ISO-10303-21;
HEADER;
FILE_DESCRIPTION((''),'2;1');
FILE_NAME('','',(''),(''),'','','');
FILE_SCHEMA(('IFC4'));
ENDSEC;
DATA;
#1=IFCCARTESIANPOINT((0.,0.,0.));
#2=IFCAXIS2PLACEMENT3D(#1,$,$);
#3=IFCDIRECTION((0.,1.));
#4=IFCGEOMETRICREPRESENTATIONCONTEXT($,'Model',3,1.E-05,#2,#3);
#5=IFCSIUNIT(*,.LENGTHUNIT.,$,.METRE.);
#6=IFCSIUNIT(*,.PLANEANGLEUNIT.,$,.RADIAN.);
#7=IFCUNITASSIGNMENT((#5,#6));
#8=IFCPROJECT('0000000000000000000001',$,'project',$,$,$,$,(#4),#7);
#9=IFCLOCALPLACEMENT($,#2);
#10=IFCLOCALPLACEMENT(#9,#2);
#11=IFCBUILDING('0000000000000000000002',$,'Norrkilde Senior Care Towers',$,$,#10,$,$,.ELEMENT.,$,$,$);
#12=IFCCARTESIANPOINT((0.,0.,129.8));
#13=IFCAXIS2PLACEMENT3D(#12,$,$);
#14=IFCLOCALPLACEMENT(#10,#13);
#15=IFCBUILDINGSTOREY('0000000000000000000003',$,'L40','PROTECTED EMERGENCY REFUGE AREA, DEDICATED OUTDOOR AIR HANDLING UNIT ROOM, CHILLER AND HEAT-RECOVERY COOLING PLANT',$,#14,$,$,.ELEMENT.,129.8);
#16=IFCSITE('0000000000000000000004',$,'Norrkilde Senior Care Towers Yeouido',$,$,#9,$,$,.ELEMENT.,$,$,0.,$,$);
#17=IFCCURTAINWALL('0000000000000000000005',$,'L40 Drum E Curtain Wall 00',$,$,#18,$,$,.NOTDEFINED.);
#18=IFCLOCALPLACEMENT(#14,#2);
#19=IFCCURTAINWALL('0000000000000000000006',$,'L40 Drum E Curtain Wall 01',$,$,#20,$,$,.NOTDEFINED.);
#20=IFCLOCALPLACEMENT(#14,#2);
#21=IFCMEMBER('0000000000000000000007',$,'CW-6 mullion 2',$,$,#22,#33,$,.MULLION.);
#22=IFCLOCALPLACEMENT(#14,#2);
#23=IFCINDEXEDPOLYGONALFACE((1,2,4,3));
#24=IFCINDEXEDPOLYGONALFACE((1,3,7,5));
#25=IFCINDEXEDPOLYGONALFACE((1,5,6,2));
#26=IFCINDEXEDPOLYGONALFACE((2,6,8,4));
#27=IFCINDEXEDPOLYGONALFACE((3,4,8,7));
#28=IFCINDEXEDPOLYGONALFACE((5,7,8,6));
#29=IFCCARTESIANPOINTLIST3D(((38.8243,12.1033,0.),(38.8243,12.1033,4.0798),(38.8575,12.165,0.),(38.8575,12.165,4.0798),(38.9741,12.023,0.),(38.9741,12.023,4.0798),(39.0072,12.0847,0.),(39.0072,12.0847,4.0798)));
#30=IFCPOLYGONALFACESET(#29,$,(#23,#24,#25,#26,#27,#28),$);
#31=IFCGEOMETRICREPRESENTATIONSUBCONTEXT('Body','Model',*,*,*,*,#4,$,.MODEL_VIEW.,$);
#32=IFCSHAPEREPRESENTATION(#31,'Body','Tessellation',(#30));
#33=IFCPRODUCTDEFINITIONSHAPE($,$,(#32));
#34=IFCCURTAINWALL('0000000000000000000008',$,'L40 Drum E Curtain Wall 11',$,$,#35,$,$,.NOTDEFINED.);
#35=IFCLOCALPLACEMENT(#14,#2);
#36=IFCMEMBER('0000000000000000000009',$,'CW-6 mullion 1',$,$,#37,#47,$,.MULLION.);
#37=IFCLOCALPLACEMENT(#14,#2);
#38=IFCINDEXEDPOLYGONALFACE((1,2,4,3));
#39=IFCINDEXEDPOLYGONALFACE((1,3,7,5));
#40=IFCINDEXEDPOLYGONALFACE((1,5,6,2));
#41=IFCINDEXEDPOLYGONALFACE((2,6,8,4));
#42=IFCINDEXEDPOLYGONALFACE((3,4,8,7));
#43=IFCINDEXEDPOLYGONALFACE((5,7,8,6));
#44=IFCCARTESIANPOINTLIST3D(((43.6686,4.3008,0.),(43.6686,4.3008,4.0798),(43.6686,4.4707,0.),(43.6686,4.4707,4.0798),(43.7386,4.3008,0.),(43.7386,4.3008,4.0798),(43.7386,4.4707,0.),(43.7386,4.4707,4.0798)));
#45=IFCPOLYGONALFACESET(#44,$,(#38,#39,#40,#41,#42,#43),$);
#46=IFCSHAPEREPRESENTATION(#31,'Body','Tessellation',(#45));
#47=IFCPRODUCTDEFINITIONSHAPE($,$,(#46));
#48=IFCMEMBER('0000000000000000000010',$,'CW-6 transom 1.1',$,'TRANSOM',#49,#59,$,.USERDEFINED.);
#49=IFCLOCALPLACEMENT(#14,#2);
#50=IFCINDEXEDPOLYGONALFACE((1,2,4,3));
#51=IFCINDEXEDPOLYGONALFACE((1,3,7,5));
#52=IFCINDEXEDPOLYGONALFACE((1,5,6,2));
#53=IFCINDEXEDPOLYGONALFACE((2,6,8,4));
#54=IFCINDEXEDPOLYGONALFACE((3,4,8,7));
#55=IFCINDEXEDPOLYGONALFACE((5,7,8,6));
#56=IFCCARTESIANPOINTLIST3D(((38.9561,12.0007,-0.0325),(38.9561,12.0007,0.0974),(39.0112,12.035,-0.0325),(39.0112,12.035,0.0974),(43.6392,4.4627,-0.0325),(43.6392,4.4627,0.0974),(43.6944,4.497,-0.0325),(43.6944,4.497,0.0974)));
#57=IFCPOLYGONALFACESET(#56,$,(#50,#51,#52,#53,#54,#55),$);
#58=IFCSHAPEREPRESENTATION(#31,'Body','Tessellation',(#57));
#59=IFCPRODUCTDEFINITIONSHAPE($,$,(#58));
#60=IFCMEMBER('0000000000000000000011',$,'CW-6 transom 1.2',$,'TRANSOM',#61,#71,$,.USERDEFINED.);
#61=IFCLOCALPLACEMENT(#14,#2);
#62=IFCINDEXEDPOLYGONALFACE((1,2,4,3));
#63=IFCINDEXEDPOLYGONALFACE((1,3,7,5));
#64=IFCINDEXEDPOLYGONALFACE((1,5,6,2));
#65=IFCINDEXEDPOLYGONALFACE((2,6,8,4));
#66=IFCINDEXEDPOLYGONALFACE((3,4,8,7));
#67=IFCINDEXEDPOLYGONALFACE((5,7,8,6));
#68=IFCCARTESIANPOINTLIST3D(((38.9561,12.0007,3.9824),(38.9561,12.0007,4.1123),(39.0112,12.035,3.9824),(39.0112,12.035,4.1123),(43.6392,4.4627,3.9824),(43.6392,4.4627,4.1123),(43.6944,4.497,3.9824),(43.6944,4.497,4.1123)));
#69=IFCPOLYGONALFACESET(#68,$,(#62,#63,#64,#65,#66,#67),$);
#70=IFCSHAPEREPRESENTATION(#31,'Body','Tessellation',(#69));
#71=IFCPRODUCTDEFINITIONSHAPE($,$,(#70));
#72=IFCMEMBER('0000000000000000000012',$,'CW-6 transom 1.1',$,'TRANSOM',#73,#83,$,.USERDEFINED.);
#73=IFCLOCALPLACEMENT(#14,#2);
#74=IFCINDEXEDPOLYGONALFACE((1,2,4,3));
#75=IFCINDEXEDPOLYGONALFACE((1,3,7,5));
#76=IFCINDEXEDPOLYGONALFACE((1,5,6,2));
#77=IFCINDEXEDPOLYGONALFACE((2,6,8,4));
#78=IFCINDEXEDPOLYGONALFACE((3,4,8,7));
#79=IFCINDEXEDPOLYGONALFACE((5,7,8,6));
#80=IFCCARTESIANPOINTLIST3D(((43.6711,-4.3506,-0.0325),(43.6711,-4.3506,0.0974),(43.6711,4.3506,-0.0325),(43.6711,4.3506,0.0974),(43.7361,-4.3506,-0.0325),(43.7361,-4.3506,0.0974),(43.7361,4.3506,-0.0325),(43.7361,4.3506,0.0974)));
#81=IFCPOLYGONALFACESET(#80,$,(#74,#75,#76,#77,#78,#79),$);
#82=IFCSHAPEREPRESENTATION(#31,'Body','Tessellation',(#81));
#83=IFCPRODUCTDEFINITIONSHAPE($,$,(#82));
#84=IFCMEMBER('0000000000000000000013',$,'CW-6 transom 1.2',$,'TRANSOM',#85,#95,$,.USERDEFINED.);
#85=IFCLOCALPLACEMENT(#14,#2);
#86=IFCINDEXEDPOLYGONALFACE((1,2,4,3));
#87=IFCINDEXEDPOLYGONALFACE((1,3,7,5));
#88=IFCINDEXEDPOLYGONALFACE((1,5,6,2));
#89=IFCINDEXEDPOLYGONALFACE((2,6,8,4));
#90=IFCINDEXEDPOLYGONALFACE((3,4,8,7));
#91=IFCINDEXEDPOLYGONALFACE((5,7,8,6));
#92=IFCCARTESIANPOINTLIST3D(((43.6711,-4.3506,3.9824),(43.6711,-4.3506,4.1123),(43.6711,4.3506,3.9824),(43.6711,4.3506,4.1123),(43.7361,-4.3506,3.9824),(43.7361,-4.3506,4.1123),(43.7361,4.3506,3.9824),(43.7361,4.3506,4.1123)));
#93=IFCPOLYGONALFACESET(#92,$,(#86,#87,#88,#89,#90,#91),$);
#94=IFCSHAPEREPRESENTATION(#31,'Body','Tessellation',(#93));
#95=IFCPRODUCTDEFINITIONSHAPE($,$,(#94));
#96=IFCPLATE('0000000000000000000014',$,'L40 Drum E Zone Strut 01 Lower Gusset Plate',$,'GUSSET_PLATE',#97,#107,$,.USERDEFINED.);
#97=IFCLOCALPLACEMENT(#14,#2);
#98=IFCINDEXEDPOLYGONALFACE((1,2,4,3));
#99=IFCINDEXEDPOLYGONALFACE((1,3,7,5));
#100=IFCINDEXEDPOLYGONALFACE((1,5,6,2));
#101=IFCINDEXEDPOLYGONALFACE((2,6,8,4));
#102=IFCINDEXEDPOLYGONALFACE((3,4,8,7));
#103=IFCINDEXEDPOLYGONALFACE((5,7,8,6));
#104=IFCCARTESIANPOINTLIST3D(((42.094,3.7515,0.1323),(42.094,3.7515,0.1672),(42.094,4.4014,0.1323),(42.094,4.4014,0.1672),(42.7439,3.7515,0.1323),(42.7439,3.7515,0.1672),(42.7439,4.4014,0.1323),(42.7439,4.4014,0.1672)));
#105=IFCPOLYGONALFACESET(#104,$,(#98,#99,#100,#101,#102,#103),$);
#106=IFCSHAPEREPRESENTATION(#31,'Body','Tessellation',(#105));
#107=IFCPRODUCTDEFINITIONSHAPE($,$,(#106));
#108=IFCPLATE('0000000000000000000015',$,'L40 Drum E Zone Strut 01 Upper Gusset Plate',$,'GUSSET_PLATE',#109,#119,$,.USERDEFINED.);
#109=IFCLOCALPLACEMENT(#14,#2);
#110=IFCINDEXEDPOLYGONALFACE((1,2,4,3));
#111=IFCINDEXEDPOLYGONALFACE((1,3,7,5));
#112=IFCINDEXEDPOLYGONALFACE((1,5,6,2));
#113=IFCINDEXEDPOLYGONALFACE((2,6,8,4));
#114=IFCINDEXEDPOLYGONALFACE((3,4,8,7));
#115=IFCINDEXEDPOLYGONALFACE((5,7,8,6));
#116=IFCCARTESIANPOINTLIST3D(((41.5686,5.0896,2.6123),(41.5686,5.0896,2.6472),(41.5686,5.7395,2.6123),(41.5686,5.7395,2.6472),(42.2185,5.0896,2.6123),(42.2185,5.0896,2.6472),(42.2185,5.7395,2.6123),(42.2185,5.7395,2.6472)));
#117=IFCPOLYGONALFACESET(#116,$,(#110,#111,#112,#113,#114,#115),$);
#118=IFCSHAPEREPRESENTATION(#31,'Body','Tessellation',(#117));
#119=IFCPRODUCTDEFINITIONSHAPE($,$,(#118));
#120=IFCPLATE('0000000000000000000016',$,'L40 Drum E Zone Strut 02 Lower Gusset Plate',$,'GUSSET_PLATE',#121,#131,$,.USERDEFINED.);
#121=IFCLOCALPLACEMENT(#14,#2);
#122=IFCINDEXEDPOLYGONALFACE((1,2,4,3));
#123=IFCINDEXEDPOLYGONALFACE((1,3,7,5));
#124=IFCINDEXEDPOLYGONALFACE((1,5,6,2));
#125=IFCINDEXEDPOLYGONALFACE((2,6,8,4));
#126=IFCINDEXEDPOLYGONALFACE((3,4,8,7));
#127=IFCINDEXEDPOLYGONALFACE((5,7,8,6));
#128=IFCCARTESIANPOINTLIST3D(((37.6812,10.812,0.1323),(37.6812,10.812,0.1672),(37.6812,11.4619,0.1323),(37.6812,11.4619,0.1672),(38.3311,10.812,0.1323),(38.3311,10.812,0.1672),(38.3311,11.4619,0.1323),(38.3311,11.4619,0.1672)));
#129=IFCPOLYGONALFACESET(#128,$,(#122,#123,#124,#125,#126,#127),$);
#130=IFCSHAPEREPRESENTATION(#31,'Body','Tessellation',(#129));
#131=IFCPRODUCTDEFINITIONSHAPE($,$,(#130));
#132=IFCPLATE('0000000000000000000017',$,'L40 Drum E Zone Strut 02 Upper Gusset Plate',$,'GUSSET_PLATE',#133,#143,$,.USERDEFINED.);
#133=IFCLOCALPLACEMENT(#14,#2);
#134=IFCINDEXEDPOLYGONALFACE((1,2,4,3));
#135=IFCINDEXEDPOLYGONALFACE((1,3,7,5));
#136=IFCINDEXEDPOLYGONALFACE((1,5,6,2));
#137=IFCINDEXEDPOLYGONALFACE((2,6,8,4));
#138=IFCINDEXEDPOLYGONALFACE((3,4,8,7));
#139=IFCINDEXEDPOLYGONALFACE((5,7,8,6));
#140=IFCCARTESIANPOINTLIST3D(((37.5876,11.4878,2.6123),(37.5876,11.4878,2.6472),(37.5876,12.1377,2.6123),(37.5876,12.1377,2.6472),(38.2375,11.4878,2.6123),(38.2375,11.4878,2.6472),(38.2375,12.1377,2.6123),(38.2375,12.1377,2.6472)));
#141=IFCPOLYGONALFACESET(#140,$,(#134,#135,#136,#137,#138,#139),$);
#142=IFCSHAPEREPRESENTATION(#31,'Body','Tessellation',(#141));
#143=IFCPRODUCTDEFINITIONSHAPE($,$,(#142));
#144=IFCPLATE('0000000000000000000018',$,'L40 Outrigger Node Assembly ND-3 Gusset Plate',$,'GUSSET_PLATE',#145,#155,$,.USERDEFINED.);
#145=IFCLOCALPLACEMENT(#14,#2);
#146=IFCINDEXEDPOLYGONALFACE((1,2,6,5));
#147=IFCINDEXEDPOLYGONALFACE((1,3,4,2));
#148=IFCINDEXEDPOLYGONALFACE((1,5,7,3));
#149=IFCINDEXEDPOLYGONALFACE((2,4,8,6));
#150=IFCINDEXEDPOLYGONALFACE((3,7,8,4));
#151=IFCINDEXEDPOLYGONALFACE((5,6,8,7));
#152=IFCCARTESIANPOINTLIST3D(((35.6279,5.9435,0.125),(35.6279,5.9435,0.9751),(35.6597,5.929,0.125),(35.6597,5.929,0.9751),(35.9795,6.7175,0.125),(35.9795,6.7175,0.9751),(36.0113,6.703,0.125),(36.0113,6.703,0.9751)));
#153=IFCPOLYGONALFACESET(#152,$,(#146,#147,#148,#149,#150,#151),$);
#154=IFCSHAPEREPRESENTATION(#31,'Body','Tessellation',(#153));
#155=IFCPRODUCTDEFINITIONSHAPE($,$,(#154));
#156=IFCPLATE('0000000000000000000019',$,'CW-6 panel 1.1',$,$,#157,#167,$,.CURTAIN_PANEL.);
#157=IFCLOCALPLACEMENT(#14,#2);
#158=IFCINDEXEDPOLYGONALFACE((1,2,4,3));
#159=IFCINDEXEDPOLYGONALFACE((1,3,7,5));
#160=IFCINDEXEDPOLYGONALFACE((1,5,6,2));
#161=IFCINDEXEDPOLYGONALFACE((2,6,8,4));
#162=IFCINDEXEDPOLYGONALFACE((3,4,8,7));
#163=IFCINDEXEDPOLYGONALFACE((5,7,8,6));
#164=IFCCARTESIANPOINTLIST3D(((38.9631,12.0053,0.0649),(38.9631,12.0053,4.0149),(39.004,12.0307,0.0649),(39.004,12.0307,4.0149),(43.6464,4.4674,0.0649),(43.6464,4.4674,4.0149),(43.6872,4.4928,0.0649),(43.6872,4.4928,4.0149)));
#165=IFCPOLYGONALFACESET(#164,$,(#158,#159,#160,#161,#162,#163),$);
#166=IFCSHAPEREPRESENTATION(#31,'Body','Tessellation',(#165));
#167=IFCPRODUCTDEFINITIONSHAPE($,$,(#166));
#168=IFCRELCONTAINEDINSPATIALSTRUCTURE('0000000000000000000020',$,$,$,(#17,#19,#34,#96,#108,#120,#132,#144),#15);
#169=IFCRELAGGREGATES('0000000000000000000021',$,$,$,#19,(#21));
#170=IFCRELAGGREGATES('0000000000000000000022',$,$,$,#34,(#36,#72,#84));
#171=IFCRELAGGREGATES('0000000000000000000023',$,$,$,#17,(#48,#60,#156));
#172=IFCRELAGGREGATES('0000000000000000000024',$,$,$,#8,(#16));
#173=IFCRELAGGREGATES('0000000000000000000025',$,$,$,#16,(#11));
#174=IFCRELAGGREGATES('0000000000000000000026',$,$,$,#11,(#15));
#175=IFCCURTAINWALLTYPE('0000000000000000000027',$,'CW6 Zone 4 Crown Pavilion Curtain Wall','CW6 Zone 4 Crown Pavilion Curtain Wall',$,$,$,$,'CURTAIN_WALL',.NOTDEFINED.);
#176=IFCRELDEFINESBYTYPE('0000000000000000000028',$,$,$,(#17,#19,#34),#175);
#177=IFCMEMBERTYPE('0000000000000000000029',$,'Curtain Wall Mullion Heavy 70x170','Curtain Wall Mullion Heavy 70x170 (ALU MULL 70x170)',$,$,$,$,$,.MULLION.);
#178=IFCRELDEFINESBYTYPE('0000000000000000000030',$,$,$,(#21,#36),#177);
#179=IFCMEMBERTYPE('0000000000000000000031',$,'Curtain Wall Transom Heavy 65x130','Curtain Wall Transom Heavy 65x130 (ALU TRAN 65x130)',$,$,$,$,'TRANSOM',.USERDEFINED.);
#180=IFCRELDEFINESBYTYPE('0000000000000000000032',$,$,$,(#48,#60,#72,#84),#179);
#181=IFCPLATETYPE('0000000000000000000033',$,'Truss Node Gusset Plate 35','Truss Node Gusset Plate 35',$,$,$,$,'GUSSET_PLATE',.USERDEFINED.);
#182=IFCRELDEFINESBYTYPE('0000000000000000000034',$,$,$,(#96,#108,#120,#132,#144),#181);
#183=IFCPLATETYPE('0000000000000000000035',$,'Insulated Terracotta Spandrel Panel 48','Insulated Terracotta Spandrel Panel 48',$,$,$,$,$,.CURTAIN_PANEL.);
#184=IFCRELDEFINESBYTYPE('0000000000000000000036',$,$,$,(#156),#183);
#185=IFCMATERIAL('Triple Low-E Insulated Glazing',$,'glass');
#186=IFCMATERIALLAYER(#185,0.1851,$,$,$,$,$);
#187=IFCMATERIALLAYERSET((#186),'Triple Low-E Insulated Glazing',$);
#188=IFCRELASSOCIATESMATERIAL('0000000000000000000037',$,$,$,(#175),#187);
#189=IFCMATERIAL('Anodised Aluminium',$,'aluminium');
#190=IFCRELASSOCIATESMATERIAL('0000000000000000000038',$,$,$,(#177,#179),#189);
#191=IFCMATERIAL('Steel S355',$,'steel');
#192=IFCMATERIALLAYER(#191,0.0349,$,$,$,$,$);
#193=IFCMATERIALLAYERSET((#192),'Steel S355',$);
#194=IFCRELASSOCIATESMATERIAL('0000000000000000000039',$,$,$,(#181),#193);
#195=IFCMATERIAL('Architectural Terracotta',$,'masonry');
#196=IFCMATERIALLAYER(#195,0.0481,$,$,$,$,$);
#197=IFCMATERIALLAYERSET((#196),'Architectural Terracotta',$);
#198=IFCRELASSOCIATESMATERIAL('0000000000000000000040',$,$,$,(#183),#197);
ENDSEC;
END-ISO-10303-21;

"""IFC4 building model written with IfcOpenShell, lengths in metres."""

from ifc_helpers import new_model, si_unit, direction, frame, origin, origin_2d, place, context, subcontext, project, spatial, rectangle, extrude, source, transform, mapped, material, layer, layer_set, material_profile, profile_set, type_object, type_shapes, element, aggregate, save


model = new_model("IFC4")

# Units and contexts
model_context = context("Model", 3, precision=1e-05, world=origin(), true_north=direction((0.0, 1.0)))
body_context = subcontext(model_context, "Body", "Model", "MODEL_VIEW")
ifc_project = project(units=[si_unit("LENGTHUNIT", "METRE"), si_unit("PLANEANGLEUNIT", "RADIAN")], contexts=[model_context])

# Site, building, storey
site_placement = place(None, origin())
site = spatial("IfcSite", under=ifc_project, at=site_placement, Name="Norrkilde Senior Care Towers Yeouido", CompositionType="ELEMENT", RefElevation=0.0)
building_placement = place(site_placement, origin())
building = spatial("IfcBuilding", under=site, at=building_placement, Name="Norrkilde Senior Care Towers", CompositionType="ELEMENT")
storey_placement = place(building_placement, frame((0.0, 0.0, 129.8)))
storey = spatial("IfcBuildingStorey", under=building, at=storey_placement, Name="L40", Description="PROTECTED EMERGENCY REFUGE AREA, DEDICATED OUTDOOR AIR HANDLING UNIT ROOM, CHILLER AND HEAT-RECOVERY COOLING PLANT", CompositionType="ELEMENT", Elevation=129.8)

# Shared definitions
ifc_material_1 = material(Name="Steel S355", Category="steel")

# Curtain wall
ifc_material_2 = material(Name="Triple Low-E Insulated Glazing", Category="glass")
ifc_layer_1 = layer(ifc_material_2, 0.1851)
ifc_layer_set_1 = layer_set([ifc_layer_1], Name="Triple Low-E Insulated Glazing")
curtain_wall_type = type_object("IfcCurtainWallType", Name="CW6 Zone 4 Crown Pavilion Curtain Wall", Description="CW6 Zone 4 Crown Pavilion Curtain Wall", ElementType="CURTAIN_WALL", PredefinedType="NOTDEFINED", material=ifc_layer_set_1)
curtain_wall_1_placement = place(storey_placement, origin())
curtain_wall_1 = element("IfcCurtainWall", 1, at=curtain_wall_1_placement, inside=storey, type_object=curtain_wall_type, Name="L40 Drum E Curtain Wall 00", PredefinedType="NOTDEFINED")
ifc_material_3 = material(Name="Anodised Aluminium", Category="aluminium")
ifc_material_profile_1 = material_profile(ifc_material_3, rectangle(XDim=0.0701, YDim=0.1699, at=origin_2d()), Name="ALU MULL 70x170")
ifc_profile_set_1 = profile_set([ifc_material_profile_1], Name="Anodised Aluminium")
member_type_1 = type_object("IfcMemberType", Name="Curtain Wall Mullion Heavy 70x170", Description="Curtain Wall Mullion Heavy 70x170 (ALU MULL 70x170)", PredefinedType="MULLION", material=ifc_profile_set_1)
shared_shape_1 = source(origin(), body_context, "Body", "SweptSolid", [
    extrude(rectangle(XDim=0.0701, YDim=0.1699, at=origin_2d()), origin(), (0.0, 0.0, 1.0), 4.0798),
])
type_shapes(member_type_1, [shared_shape_1])

# Curtain walls, members
curtain_wall_2_placement = place(storey_placement, origin())
curtain_wall_2 = element("IfcCurtainWall", 2, at=curtain_wall_2_placement, inside=storey, type_object=curtain_wall_type, Name="L40 Drum E Curtain Wall 01", PredefinedType="NOTDEFINED")
member_1_placement = place(storey_placement, frame((38.9158, 12.094, 0.0), z_axis=(0.0, 0.0, 1.0), x_axis=(0.472769, 0.881186, 0.0)))
member_1 = element("IfcMember", 3, at=member_1_placement, type_object=member_type_1, Name="CW-6 mullion 2", PredefinedType="MULLION", context=body_context, shape_type="MappedRepresentation", body=[
    mapped(shared_shape_1, transform((0.0, 0.0, 0.0), x_axis=(1.0, 0.0, 0.0), y_axis=(0.0, 1.0, 0.0), z_axis=(0.0, 0.0, 1.0), scale=1.0)),
])
aggregate(curtain_wall_2, [member_1])
curtain_wall_3_placement = place(storey_placement, origin())
curtain_wall_3 = element("IfcCurtainWall", 4, at=curtain_wall_3_placement, inside=storey, type_object=curtain_wall_type, Name="L40 Drum E Curtain Wall 11", PredefinedType="NOTDEFINED")
member_2_placement = place(storey_placement, frame((43.7036, 4.3857, 0.0), z_axis=(0.0, 0.0, 1.0), x_axis=(1.0, 0.0, 0.0)))
member_2 = element("IfcMember", 5, at=member_2_placement, type_object=member_type_1, Name="CW-6 mullion 1", PredefinedType="MULLION", context=body_context, shape_type="MappedRepresentation", body=[
    mapped(shared_shape_1, transform((0.0, 0.0, 0.0), x_axis=(1.0, 0.0, 0.0), y_axis=(0.0, 1.0, 0.0), z_axis=(0.0, 0.0, 1.0), scale=1.0)),
])

# Members
ifc_material_profile_2 = material_profile(ifc_material_3, rectangle(XDim=0.0649, YDim=0.1299, at=origin_2d()), Name="ALU TRAN 65x130")
ifc_profile_set_2 = profile_set([ifc_material_profile_2], Name="Anodised Aluminium")
member_type_2 = type_object("IfcMemberType", Name="Curtain Wall Transom Heavy 65x130", Description="Curtain Wall Transom Heavy 65x130 (ALU TRAN 65x130)", ElementType="TRANSOM", PredefinedType="USERDEFINED", material=ifc_profile_set_2)
shared_shape_2 = source(origin(), body_context, "Body", "SweptSolid", [
    extrude(rectangle(XDim=0.0649, YDim=0.1299, at=origin_2d()), origin(), (0.0, 0.0, 1.0), 8.8743),
])
member_3_placement = place(storey_placement, frame((38.9836, 12.0178, 0.0325), z_axis=(0.527724, -0.849416, 0.0), x_axis=(0.849416, 0.527724, 0.0)))
member_3 = element("IfcMember", 6, at=member_3_placement, type_object=member_type_2, Name="CW-6 transom 1.1", ObjectType="TRANSOM", PredefinedType="USERDEFINED", context=body_context, shape_type="MappedRepresentation", body=[
    mapped(shared_shape_2, transform((0.0, 0.0, 0.0), x_axis=(1.0, 0.0, 0.0), y_axis=(0.0, 1.0, 0.0), z_axis=(0.0, 0.0, 1.0), scale=1.0)),
])
member_4_placement = place(storey_placement, frame((38.9836, 12.0178, 4.0474), z_axis=(0.527724, -0.849416, 0.0), x_axis=(0.849416, 0.527724, 0.0)))
member_4 = element("IfcMember", 7, at=member_4_placement, type_object=member_type_2, Name="CW-6 transom 1.2", ObjectType="TRANSOM", PredefinedType="USERDEFINED", context=body_context, shape_type="MappedRepresentation", body=[
    mapped(shared_shape_2, transform((0.0, 0.0, 0.0), x_axis=(1.0, 0.0, 0.0), y_axis=(0.0, 1.0, 0.0), z_axis=(0.0, 0.0, 1.0), scale=1.0)),
])
shared_shape_3 = source(origin(), body_context, "Body", "SweptSolid", [
    extrude(rectangle(XDim=0.0649, YDim=0.1299, at=origin_2d()), origin(), (0.0, 0.0, 1.0), 8.7012),
])
type_shapes(member_type_2, [shared_shape_2, shared_shape_3])
member_5_placement = place(storey_placement, frame((43.7036, 4.3506, 0.0325), z_axis=(0.0, -1.0, 0.0), x_axis=(1.0, 0.0, 0.0)))
member_5 = element("IfcMember", 8, at=member_5_placement, type_object=member_type_2, Name="CW-6 transom 1.1", ObjectType="TRANSOM", PredefinedType="USERDEFINED", context=body_context, shape_type="MappedRepresentation", body=[
    mapped(shared_shape_3, transform((0.0, 0.0, 0.0), x_axis=(1.0, 0.0, 0.0), y_axis=(0.0, 1.0, 0.0), z_axis=(0.0, 0.0, 1.0), scale=1.0)),
])
member_6_placement = place(storey_placement, frame((43.7036, 4.3506, 4.0474), z_axis=(0.0, -1.0, 0.0), x_axis=(1.0, 0.0, 0.0)))
member_6 = element("IfcMember", 9, at=member_6_placement, type_object=member_type_2, Name="CW-6 transom 1.2", ObjectType="TRANSOM", PredefinedType="USERDEFINED", context=body_context, shape_type="MappedRepresentation", body=[
    mapped(shared_shape_3, transform((0.0, 0.0, 0.0), x_axis=(1.0, 0.0, 0.0), y_axis=(0.0, 1.0, 0.0), z_axis=(0.0, 0.0, 1.0), scale=1.0)),
])
aggregate(curtain_wall_3, [member_2, member_5, member_6])

# Plates
ifc_layer_2 = layer(ifc_material_1, 0.0349)
ifc_layer_set_2 = layer_set([ifc_layer_2], Name="Steel S355")
plate_type_1 = type_object("IfcPlateType", Name="Truss Node Gusset Plate 35", Description="Truss Node Gusset Plate 35", ElementType="GUSSET_PLATE", PredefinedType="USERDEFINED", material=ifc_layer_set_2)
shared_shape_4 = source(origin(), body_context, "Body", "SweptSolid", [
    extrude(rectangle(XDim=0.6499, YDim=0.6499, at=origin_2d()), origin(), (0.0, 0.0, 1.0), 0.0349),
])
for number, where, z_axis, x_axis, name in (
    (10, (42.4189, 4.0764, 0.1323), (0.0, 0.0, 1.0), (1.0, 0.0, 0.0), "L40 Drum E Zone Strut 01 Lower Gusset Plate"),
    (11, (41.8936, 5.4146, 2.6123), (0.0, 0.0, 1.0), (1.0, 0.0, 0.0), "L40 Drum E Zone Strut 01 Upper Gusset Plate"),
    (12, (38.0061, 11.137, 0.1323), (0.0, 0.0, 1.0), (1.0, 0.0, 0.0), "L40 Drum E Zone Strut 02 Lower Gusset Plate"),
    (13, (37.9126, 11.8127, 2.6123), (0.0, 0.0, 1.0), (1.0, 0.0, 0.0), "L40 Drum E Zone Strut 02 Upper Gusset Plate"),
):
    element("IfcPlate", number, at=place(storey_placement, frame(where, z_axis=z_axis, x_axis=x_axis)), inside=storey, type_object=plate_type_1, Name=name, ObjectType="GUSSET_PLATE", PredefinedType="USERDEFINED", context=body_context, shape_type="MappedRepresentation", body=[
        mapped(shared_shape_4, transform((0.0, 0.0, 0.0), x_axis=(1.0, 0.0, 0.0), y_axis=(0.0, 1.0, 0.0), z_axis=(0.0, 0.0, 1.0), scale=1.0)),
    ])
shared_shape_5 = source(origin(), body_context, "Body", "SweptSolid", [
    extrude(rectangle(XDim=0.8501, YDim=0.0349, at=origin_2d()), origin(), (0.0, 0.0, 1.0), 0.8501),
])
type_shapes(plate_type_1, [shared_shape_4, shared_shape_5])
plate_1_placement = place(storey_placement, frame((35.8196, 6.3232, 0.125), z_axis=(0.0, 0.0, 1.0), x_axis=(0.413581, 0.910467, 0.0)))
element("IfcPlate", 14, at=plate_1_placement, inside=storey, type_object=plate_type_1, Name="L40 Outrigger Node Assembly ND-3 Gusset Plate", ObjectType="GUSSET_PLATE", PredefinedType="USERDEFINED", context=body_context, shape_type="MappedRepresentation", body=[
    mapped(shared_shape_5, transform((0.0, 0.0, 0.0), x_axis=(1.0, 0.0, 0.0), y_axis=(0.0, 1.0, 0.0), z_axis=(0.0, 0.0, 1.0), scale=1.0)),
])

# Plate
ifc_material_4 = material(Name="Architectural Terracotta", Category="masonry")
ifc_layer_3 = layer(ifc_material_4, 0.0481)
ifc_layer_set_3 = layer_set([ifc_layer_3], Name="Architectural Terracotta")
plate_type_2 = type_object("IfcPlateType", Name="Insulated Terracotta Spandrel Panel 48", Description="Insulated Terracotta Spandrel Panel 48", PredefinedType="CURTAIN_PANEL", material=ifc_layer_set_3)
shared_shape_6 = source(origin(), body_context, "Body", "SweptSolid", [
    extrude(rectangle(XDim=8.8743, YDim=0.0481, at=origin_2d()), origin(), (0.0, 0.0, 1.0), 3.95),
])
type_shapes(plate_type_2, [shared_shape_6])
plate_2_placement = place(storey_placement, frame((41.3252, 8.249, 0.0649), z_axis=(0.0, 0.0, 1.0), x_axis=(0.527733, -0.84941, 0.0)))
plate_2 = element("IfcPlate", 15, at=plate_2_placement, type_object=plate_type_2, Name="CW-6 panel 1.1", PredefinedType="CURTAIN_PANEL", context=body_context, shape_type="MappedRepresentation", body=[
    mapped(shared_shape_6, transform((0.0, 0.0, 0.0), x_axis=(1.0, 0.0, 0.0), y_axis=(0.0, 1.0, 0.0), z_axis=(0.0, 0.0, 1.0), scale=1.0)),
])
aggregate(curtain_wall_1, [member_3, member_4, plate_2])

save(model, "model.ifc")
